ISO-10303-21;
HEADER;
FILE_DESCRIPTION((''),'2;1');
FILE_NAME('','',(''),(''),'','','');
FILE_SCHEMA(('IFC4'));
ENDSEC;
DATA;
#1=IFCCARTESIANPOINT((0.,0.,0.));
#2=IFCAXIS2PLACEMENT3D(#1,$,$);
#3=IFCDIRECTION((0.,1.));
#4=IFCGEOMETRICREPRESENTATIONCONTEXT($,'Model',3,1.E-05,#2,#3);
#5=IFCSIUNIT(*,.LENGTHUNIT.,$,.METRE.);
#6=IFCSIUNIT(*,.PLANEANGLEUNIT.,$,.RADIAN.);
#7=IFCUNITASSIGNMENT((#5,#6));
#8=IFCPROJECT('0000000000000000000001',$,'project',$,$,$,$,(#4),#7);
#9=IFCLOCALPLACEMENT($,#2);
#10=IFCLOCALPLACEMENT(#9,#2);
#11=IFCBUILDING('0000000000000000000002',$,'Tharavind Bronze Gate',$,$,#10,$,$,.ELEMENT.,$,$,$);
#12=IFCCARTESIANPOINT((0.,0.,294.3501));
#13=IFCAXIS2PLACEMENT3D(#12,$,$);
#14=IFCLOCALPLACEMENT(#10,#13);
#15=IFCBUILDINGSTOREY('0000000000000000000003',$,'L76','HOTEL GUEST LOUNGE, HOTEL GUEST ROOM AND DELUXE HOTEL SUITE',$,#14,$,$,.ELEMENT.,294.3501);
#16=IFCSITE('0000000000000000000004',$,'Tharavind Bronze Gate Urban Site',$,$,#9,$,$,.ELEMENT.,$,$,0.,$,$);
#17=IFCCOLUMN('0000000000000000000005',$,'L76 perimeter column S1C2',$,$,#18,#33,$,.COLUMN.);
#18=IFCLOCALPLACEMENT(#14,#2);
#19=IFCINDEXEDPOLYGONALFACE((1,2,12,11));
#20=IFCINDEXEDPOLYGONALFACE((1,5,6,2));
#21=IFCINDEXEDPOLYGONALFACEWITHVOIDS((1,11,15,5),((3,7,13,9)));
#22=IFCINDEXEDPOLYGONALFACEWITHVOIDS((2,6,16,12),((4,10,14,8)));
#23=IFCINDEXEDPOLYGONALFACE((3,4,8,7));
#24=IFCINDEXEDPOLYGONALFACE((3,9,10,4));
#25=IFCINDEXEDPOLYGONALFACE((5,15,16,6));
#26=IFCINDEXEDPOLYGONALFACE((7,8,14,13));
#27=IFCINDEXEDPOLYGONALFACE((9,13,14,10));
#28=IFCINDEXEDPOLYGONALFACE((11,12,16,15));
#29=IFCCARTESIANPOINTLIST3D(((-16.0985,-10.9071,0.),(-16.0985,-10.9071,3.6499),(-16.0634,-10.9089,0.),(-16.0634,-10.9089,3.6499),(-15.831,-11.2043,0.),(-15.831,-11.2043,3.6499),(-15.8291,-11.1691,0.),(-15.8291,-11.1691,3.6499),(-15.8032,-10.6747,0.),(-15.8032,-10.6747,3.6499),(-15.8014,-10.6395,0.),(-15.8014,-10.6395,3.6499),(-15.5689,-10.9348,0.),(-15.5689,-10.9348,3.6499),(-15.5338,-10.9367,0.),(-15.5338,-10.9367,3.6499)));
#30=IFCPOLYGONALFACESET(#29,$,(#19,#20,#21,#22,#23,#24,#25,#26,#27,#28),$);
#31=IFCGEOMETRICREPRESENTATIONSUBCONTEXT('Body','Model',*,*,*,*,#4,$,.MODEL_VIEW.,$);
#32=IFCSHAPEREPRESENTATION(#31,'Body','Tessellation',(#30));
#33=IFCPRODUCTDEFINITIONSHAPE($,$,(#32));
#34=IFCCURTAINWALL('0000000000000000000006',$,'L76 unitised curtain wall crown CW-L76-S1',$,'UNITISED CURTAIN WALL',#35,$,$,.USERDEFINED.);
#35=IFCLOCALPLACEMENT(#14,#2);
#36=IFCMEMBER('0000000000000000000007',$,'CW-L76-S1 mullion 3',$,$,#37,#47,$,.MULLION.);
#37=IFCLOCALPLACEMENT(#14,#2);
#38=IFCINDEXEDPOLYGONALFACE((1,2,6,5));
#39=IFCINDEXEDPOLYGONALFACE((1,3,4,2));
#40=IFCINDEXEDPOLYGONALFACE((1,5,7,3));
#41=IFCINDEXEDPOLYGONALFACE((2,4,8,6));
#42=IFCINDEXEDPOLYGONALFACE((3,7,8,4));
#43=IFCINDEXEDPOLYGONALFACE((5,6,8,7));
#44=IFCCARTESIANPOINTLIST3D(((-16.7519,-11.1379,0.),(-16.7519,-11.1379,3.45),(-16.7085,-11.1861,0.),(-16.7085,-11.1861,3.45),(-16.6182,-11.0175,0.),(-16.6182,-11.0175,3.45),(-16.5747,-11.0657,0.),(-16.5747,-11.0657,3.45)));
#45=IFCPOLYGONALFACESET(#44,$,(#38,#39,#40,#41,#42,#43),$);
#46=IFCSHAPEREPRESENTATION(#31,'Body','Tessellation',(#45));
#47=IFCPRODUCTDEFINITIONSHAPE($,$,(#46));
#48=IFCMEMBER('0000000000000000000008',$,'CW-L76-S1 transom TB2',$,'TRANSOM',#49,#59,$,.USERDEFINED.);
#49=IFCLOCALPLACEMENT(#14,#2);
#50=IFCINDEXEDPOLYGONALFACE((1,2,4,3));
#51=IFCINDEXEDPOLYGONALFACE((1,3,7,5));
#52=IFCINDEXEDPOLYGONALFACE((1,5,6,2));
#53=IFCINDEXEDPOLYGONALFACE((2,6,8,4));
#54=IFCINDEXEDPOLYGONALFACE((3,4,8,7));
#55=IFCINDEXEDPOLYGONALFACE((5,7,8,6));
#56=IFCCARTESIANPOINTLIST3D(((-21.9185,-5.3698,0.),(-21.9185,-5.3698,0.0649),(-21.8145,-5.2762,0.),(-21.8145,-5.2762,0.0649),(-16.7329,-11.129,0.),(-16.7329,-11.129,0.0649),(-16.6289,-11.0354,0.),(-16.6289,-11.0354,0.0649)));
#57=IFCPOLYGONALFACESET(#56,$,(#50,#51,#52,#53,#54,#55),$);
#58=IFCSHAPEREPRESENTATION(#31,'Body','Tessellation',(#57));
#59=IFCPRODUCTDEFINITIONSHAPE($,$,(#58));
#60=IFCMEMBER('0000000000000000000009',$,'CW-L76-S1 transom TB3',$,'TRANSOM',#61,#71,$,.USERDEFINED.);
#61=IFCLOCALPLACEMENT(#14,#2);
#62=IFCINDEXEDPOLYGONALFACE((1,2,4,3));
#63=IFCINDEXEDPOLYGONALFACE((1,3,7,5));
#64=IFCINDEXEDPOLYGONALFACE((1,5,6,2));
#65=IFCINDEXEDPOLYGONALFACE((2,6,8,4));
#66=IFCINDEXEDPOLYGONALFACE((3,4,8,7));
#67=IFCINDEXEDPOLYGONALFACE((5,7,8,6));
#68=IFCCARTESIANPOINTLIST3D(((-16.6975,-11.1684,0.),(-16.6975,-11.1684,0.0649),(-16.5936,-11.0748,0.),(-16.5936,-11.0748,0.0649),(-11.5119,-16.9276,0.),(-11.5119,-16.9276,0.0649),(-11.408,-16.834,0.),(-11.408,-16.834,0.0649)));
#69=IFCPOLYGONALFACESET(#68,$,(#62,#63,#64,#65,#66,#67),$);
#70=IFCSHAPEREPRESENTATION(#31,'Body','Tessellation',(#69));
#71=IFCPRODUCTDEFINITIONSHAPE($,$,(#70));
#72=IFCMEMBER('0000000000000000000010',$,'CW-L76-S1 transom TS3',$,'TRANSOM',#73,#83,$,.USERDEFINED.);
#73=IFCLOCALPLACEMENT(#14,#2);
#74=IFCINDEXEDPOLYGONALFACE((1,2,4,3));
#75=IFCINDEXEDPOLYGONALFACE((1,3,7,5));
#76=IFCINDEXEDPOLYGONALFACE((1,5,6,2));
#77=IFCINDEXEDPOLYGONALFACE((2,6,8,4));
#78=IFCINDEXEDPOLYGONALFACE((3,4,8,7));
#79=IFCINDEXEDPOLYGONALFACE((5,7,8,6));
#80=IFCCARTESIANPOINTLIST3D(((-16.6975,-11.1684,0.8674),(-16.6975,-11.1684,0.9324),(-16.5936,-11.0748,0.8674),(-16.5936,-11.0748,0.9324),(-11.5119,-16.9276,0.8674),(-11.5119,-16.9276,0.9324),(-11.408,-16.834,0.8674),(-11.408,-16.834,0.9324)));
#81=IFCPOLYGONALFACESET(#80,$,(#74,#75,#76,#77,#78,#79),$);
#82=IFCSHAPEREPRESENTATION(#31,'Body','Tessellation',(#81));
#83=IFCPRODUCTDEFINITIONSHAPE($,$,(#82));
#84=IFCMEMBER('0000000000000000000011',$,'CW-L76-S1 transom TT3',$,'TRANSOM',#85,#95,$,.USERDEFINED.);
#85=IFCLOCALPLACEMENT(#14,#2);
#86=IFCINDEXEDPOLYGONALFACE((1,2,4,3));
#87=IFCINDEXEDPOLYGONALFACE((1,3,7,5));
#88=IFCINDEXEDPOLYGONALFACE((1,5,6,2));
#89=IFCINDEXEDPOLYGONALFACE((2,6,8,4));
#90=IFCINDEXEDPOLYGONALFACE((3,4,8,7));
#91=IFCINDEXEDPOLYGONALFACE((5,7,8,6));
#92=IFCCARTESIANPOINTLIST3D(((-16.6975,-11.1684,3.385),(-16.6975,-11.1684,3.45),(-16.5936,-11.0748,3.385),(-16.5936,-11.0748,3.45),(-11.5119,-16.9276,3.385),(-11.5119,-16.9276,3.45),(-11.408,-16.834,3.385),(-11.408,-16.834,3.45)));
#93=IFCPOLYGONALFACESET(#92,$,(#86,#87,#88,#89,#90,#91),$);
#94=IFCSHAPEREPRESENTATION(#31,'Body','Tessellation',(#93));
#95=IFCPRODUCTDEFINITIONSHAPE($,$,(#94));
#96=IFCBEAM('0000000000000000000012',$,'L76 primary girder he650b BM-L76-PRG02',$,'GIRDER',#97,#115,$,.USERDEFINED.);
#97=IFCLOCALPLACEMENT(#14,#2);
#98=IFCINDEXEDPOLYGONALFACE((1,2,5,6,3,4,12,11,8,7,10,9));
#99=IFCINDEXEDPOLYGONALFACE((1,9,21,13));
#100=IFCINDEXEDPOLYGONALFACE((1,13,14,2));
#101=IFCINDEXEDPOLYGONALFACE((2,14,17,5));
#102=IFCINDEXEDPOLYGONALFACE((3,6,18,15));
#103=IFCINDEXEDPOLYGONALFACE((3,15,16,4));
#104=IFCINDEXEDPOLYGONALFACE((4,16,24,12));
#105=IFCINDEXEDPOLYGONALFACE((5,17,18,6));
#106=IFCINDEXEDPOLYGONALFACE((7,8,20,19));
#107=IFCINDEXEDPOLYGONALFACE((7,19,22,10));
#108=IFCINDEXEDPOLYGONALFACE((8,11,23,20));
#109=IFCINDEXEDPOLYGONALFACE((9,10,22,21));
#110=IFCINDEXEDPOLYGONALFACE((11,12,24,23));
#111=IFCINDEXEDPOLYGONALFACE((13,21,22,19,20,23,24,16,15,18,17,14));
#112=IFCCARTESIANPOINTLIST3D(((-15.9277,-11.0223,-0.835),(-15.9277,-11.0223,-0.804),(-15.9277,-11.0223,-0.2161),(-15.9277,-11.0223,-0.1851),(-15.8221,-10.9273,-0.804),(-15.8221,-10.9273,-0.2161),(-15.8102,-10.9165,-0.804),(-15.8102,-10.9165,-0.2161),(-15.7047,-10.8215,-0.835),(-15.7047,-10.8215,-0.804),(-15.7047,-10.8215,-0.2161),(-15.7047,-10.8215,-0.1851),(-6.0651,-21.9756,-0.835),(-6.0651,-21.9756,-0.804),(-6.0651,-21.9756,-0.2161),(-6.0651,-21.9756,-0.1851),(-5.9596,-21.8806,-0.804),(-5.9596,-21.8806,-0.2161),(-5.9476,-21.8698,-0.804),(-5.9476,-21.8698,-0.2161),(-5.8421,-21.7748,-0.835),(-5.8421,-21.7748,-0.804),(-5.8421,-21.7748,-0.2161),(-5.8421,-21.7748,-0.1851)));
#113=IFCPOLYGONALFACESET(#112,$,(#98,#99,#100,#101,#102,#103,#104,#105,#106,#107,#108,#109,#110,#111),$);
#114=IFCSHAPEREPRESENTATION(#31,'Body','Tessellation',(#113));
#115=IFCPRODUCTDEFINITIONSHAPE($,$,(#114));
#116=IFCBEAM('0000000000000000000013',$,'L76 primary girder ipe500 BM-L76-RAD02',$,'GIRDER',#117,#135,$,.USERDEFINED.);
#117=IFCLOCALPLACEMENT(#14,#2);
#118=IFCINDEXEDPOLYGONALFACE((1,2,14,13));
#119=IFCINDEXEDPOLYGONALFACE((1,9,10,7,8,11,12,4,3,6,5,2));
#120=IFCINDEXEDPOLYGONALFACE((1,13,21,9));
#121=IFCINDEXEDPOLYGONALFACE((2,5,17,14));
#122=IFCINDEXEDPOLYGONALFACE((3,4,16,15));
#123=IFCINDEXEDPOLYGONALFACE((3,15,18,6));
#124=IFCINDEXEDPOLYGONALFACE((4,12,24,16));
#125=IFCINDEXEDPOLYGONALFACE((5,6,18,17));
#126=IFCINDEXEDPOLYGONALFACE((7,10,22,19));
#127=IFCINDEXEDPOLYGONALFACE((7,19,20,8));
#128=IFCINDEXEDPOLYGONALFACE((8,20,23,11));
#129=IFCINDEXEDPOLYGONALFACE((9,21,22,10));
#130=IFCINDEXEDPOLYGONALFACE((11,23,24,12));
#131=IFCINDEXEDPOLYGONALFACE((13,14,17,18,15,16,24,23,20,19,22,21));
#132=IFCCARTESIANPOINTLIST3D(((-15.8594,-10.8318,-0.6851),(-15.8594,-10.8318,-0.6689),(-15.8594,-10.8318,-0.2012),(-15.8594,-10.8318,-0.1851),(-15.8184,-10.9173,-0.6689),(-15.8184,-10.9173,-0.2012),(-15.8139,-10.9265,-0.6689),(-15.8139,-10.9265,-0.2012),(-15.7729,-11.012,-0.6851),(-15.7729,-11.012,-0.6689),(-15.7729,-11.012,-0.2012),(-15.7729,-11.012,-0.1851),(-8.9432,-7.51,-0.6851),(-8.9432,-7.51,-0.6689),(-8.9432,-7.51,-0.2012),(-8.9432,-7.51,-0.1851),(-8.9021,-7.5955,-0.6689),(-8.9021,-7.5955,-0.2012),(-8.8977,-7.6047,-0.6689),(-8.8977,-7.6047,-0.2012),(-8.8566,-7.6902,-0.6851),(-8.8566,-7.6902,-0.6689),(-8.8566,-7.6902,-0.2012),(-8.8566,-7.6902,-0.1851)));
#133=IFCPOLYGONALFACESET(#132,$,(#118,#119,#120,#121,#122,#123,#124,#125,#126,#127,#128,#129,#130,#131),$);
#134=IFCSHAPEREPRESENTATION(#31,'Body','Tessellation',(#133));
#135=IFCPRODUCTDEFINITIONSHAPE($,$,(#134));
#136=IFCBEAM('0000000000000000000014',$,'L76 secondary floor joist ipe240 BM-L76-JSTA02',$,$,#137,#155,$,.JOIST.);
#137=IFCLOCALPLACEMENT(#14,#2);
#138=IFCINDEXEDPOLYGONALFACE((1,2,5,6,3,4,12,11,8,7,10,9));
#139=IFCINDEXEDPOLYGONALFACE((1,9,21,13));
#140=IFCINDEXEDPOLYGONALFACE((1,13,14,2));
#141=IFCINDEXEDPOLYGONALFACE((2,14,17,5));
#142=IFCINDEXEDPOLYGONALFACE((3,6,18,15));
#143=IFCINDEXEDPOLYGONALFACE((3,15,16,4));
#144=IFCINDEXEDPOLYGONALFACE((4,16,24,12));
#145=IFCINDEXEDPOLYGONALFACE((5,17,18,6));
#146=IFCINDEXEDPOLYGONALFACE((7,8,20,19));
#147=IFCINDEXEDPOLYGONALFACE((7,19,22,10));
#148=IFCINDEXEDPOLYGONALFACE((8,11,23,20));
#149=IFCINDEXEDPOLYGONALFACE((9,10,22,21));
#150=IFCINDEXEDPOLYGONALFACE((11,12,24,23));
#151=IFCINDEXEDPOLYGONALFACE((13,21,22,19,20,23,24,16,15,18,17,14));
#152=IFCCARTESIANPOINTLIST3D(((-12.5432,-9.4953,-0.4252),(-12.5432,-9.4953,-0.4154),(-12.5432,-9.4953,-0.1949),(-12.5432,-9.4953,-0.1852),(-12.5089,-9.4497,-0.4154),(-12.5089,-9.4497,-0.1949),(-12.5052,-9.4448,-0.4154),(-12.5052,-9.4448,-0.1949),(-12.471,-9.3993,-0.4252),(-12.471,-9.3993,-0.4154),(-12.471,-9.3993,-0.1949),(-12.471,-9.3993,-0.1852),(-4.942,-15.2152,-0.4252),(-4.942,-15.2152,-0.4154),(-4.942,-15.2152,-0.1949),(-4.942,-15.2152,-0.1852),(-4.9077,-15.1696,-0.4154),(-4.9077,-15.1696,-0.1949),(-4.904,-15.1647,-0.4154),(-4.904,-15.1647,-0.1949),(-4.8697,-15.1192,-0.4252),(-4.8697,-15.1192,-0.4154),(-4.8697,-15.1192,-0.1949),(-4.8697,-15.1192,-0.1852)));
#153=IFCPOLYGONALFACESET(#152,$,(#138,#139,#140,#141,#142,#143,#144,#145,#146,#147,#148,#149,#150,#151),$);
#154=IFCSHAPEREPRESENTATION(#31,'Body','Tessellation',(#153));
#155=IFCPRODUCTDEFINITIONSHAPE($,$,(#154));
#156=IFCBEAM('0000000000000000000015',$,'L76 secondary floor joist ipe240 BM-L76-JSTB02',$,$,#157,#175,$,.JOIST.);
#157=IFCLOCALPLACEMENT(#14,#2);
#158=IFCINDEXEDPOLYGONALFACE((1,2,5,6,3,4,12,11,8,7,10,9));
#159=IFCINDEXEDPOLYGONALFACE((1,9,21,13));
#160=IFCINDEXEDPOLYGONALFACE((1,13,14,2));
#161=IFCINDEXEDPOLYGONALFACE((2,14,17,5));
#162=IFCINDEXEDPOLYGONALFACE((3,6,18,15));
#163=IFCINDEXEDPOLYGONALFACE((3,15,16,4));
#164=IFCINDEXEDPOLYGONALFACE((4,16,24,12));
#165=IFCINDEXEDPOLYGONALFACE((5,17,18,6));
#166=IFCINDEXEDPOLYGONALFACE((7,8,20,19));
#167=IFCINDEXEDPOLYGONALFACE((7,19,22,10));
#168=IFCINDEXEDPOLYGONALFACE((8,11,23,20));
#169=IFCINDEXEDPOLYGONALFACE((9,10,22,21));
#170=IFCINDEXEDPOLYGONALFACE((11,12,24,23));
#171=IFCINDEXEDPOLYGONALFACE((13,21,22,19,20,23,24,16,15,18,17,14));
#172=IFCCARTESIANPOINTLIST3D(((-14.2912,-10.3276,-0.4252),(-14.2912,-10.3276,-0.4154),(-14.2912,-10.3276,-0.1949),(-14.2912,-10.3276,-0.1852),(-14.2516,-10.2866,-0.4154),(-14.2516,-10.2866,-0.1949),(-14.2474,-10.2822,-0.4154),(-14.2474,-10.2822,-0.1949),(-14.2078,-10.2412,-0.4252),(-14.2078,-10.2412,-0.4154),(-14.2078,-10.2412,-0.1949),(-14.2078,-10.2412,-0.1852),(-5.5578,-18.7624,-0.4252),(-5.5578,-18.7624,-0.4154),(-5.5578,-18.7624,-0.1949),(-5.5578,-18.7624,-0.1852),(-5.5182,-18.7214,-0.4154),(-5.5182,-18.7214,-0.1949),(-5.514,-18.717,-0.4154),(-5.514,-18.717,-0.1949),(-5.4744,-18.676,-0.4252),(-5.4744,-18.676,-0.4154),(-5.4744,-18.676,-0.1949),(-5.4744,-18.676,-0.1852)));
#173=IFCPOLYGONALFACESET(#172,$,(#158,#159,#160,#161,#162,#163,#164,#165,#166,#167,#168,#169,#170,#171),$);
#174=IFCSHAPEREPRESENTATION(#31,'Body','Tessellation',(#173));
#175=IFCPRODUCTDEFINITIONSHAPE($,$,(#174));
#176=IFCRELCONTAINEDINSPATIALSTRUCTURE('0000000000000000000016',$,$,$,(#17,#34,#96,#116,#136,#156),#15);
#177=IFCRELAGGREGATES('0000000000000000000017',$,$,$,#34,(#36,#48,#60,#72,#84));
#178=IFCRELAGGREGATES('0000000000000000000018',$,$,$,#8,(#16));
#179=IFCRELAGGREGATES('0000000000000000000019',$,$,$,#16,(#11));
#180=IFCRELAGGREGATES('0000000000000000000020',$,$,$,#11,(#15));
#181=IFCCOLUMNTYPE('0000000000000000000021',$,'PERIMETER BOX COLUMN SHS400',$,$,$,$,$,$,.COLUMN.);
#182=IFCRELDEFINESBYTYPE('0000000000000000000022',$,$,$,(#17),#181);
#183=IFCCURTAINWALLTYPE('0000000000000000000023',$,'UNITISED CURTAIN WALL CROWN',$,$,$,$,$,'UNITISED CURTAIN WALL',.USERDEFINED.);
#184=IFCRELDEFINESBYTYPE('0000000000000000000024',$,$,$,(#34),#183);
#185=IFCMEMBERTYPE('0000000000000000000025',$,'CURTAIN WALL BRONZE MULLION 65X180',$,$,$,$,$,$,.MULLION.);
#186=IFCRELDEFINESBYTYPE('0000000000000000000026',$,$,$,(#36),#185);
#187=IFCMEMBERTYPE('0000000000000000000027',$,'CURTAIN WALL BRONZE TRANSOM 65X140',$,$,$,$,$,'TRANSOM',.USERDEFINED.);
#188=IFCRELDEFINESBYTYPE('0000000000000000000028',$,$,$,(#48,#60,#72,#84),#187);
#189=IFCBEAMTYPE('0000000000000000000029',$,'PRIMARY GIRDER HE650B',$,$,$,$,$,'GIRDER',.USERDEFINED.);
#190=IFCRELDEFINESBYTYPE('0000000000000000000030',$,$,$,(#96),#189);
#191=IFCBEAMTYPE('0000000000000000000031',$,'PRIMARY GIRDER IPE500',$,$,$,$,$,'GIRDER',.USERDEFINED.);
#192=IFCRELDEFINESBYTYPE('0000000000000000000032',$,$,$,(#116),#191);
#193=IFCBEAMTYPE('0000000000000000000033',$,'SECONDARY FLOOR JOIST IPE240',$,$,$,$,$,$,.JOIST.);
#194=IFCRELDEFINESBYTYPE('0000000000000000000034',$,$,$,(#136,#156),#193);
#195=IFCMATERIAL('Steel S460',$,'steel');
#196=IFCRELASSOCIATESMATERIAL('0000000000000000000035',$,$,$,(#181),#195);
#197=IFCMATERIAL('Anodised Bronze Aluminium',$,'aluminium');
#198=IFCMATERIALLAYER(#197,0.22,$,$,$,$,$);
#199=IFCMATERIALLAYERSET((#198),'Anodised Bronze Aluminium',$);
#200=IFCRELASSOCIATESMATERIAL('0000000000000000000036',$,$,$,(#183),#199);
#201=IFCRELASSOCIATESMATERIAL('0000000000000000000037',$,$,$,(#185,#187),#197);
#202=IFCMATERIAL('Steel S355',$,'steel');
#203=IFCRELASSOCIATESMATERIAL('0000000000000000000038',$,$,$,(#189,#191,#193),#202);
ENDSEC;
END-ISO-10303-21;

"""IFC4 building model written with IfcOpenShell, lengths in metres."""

from ifc_helpers import new_model, si_unit, direction, frame, origin, origin_2d, place, context, subcontext, project, spatial, rectangle, hollow_rectangle, i_section, extrude, material, layer, layer_set, material_profile, profile_set, type_object, element, aggregate, save


model = new_model("IFC4")

# Units and contexts
model_context = context("Model", 3, precision=1e-05, world=origin(), true_north=direction((0.0, 1.0)))
body_context = subcontext(model_context, "Body", "Model", "MODEL_VIEW")
ifc_project = project(units=[si_unit("LENGTHUNIT", "METRE"), si_unit("PLANEANGLEUNIT", "RADIAN")], contexts=[model_context])

# Site, building, storey
site_placement = place(None, origin())
site = spatial("IfcSite", under=ifc_project, at=site_placement, Name="Tharavind Bronze Gate Urban Site", CompositionType="ELEMENT", RefElevation=0.0)
building_placement = place(site_placement, origin())
building = spatial("IfcBuilding", under=site, at=building_placement, Name="Tharavind Bronze Gate", CompositionType="ELEMENT")
storey_placement = place(building_placement, frame((0.0, 0.0, 294.3501)))
storey = spatial("IfcBuildingStorey", under=building, at=storey_placement, Name="L76", Description="HOTEL GUEST LOUNGE, HOTEL GUEST ROOM AND DELUXE HOTEL SUITE", CompositionType="ELEMENT", Elevation=294.3501)

# Column
ifc_material_1 = material(Name="Steel S460", Category="steel")
ifc_material_profile_1 = material_profile(ifc_material_1, hollow_rectangle(XDim=0.3999, YDim=0.3999, WallThickness=0.0249, at=origin_2d()), Name="SHS400X25")
ifc_profile_set_1 = profile_set([ifc_material_profile_1], Name="Steel S460")
column_type = type_object("IfcColumnType", Name="PERIMETER BOX COLUMN SHS400", PredefinedType="COLUMN", material=ifc_profile_set_1)
column_placement = place(storey_placement, frame((-15.8162, -10.9219, 0.0), z_axis=(0.0, 0.0, 1.0), x_axis=(-0.669131, 0.743145, 0.0)))
element("IfcColumn", 1, at=column_placement, inside=storey, type_object=column_type, Name="L76 perimeter column S1C2", PredefinedType="COLUMN", context=body_context, shape_type="SweptSolid", body=[
    extrude(hollow_rectangle(XDim=0.3999, YDim=0.3999, WallThickness=0.0249, at=origin_2d()), origin(), (0.0, 0.0, 1.0), 3.6499),
])

# Curtain wall, members
ifc_material_2 = material(Name="Anodised Bronze Aluminium", Category="aluminium")
ifc_layer_1 = layer(ifc_material_2, 0.22)
ifc_layer_set_1 = layer_set([ifc_layer_1], Name="Anodised Bronze Aluminium")
curtain_wall_type = type_object("IfcCurtainWallType", Name="UNITISED CURTAIN WALL CROWN", ElementType="UNITISED CURTAIN WALL", PredefinedType="USERDEFINED", material=ifc_layer_set_1)
curtain_wall_placement = place(storey_placement, origin())
curtain_wall = element("IfcCurtainWall", 2, at=curtain_wall_placement, inside=storey, type_object=curtain_wall_type, Name="L76 unitised curtain wall crown CW-L76-S1", ObjectType="UNITISED CURTAIN WALL", PredefinedType="USERDEFINED")
member_type_1 = type_object("IfcMemberType", Name="CURTAIN WALL BRONZE MULLION 65X180", PredefinedType="MULLION", material=ifc_material_2)
member_1_placement = place(storey_placement, frame((-16.6633, -11.1018, 0.0), z_axis=(0.0, 0.0, 1.0), x_axis=(0.669131, -0.743145, 0.0)))
member_1 = element("IfcMember", 3, at=member_1_placement, type_object=member_type_1, Name="CW-L76-S1 mullion 3", PredefinedType="MULLION", context=body_context, shape_type="SweptSolid", body=[
    extrude(rectangle(XDim=0.0649, YDim=0.1799, at=origin_2d()), origin(), (0.0, 0.0, 1.0), 3.45),
])
member_type_2 = type_object("IfcMemberType", Name="CURTAIN WALL BRONZE TRANSOM 65X140", ElementType="TRANSOM", PredefinedType="USERDEFINED", material=ifc_material_2)
member_2_placement = place(storey_placement, frame((-19.2737, -8.2026, 0.0), z_axis=(0.0, 0.0, 1.0), x_axis=(0.669131, -0.743145, 0.0)))
member_2 = element("IfcMember", 4, at=member_2_placement, type_object=member_type_2, Name="CW-L76-S1 transom TB2", ObjectType="TRANSOM", PredefinedType="USERDEFINED", context=body_context, shape_type="SweptSolid", body=[
    extrude(rectangle(XDim=7.7498, YDim=0.1399, at=origin_2d()), origin(), (0.0, 0.0, 1.0), 0.0649),
])
member_3_placement = place(storey_placement, frame((-14.0527, -14.0012, 0.0), z_axis=(0.0, 0.0, 1.0), x_axis=(0.669131, -0.743145, 0.0)))
member_3 = element("IfcMember", 5, at=member_3_placement, type_object=member_type_2, Name="CW-L76-S1 transom TB3", ObjectType="TRANSOM", PredefinedType="USERDEFINED", context=body_context, shape_type="SweptSolid", body=[
    extrude(rectangle(XDim=7.7498, YDim=0.1399, at=origin_2d()), origin(), (0.0, 0.0, 1.0), 0.0649),
])
member_4_placement = place(storey_placement, frame((-14.0527, -14.0012, 0.8674), z_axis=(0.0, 0.0, 1.0), x_axis=(0.669131, -0.743145, 0.0)))
member_4 = element("IfcMember", 6, at=member_4_placement, type_object=member_type_2, Name="CW-L76-S1 transom TS3", ObjectType="TRANSOM", PredefinedType="USERDEFINED", context=body_context, shape_type="SweptSolid", body=[
    extrude(rectangle(XDim=7.7498, YDim=0.1399, at=origin_2d()), origin(), (0.0, 0.0, 1.0), 0.0649),
])
member_5_placement = place(storey_placement, frame((-14.0527, -14.0012, 3.385), z_axis=(0.0, 0.0, 1.0), x_axis=(0.669131, -0.743145, 0.0)))
member_5 = element("IfcMember", 7, at=member_5_placement, type_object=member_type_2, Name="CW-L76-S1 transom TT3", ObjectType="TRANSOM", PredefinedType="USERDEFINED", context=body_context, shape_type="SweptSolid", body=[
    extrude(rectangle(XDim=7.7498, YDim=0.1399, at=origin_2d()), origin(), (0.0, 0.0, 1.0), 0.0649),
])

# Beams
ifc_material_3 = material(Name="Steel S355", Category="steel")
ifc_material_profile_2 = material_profile(ifc_material_3, i_section(OverallWidth=0.3, OverallDepth=0.6499, WebThickness=0.0161, FlangeThickness=0.031, at=origin_2d()), Name="HE650B")
ifc_profile_set_2 = profile_set([ifc_material_profile_2], Name="Steel S355")
beam_type_1 = type_object("IfcBeamType", Name="PRIMARY GIRDER HE650B", ElementType="GIRDER", PredefinedType="USERDEFINED", material=ifc_profile_set_2)
beam_1_placement = place(storey_placement, frame((-15.8162, -10.9219, -0.51), z_axis=(0.669134, -0.743142, 0.0), x_axis=(0.743142, 0.669134, 0.0)))
element("IfcBeam", 8, at=beam_1_placement, inside=storey, type_object=beam_type_1, Name="L76 primary girder he650b BM-L76-PRG02", ObjectType="GIRDER", PredefinedType="USERDEFINED", context=body_context, shape_type="SweptSolid", body=[
    extrude(i_section(OverallWidth=0.3, OverallDepth=0.6499, WebThickness=0.0161, FlangeThickness=0.031, at=origin_2d()), origin(), (0.0, 0.0, 1.0), 14.7393),
])
ifc_material_profile_3 = material_profile(ifc_material_3, i_section(OverallWidth=0.2, OverallDepth=0.5, WebThickness=0.0103, FlangeThickness=0.0161, at=origin_2d()), Name="IPE500")
ifc_profile_set_3 = profile_set([ifc_material_profile_3], Name="Steel S355")
beam_type_2 = type_object("IfcBeamType", Name="PRIMARY GIRDER IPE500", ElementType="GIRDER", PredefinedType="USERDEFINED", material=ifc_profile_set_3)
beam_2_placement = place(storey_placement, frame((-15.8162, -10.9219, -0.4351), z_axis=(0.901423, 0.43294, 0.0), x_axis=(-0.43294, 0.901423, 0.0)))
element("IfcBeam", 9, at=beam_2_placement, inside=storey, type_object=beam_type_2, Name="L76 primary girder ipe500 BM-L76-RAD02", ObjectType="GIRDER", PredefinedType="USERDEFINED", context=body_context, shape_type="SweptSolid", body=[
    extrude(i_section(OverallWidth=0.2, OverallDepth=0.5, WebThickness=0.0103, FlangeThickness=0.0161, at=origin_2d()), origin(), (0.0, 0.0, 1.0), 7.6726),
])
ifc_material_profile_4 = material_profile(ifc_material_3, i_section(OverallWidth=0.1201, OverallDepth=0.24, WebThickness=0.0061, FlangeThickness=0.0098, at=origin_2d()), Name="IPE240")
ifc_profile_set_4 = profile_set([ifc_material_profile_4], Name="Steel S355")
beam_type_3 = type_object("IfcBeamType", Name="SECONDARY FLOOR JOIST IPE240", PredefinedType="JOIST", material=ifc_profile_set_4)
beam_3_placement = place(storey_placement, frame((-12.5071, -9.4473, -0.3052), z_axis=(0.799041, -0.601276, 0.0), x_axis=(0.601276, 0.799041, 0.0)))
element("IfcBeam", 10, at=beam_3_placement, inside=storey, type_object=beam_type_3, Name="L76 secondary floor joist ipe240 BM-L76-JSTA02", PredefinedType="JOIST", context=body_context, shape_type="SweptSolid", body=[
    extrude(i_section(OverallWidth=0.1201, OverallDepth=0.24, WebThickness=0.0061, FlangeThickness=0.0098, at=origin_2d()), origin(), (0.0, 0.0, 1.0), 9.5129),
])
beam_4_placement = place(storey_placement, frame((-14.2495, -10.2844, -0.3052), z_axis=(0.719296, -0.694704, 0.0), x_axis=(0.694704, 0.719296, 0.0)))
element("IfcBeam", 11, at=beam_4_placement, inside=storey, type_object=beam_type_3, Name="L76 secondary floor joist ipe240 BM-L76-JSTB02", PredefinedType="JOIST", context=body_context, shape_type="SweptSolid", body=[
    extrude(i_section(OverallWidth=0.1201, OverallDepth=0.24, WebThickness=0.0061, FlangeThickness=0.0098, at=origin_2d()), origin(), (0.0, 0.0, 1.0), 12.1416),
])

aggregate(curtain_wall, [member_1, member_2, member_3, member_4, member_5])

save(model, "model.ifc")
